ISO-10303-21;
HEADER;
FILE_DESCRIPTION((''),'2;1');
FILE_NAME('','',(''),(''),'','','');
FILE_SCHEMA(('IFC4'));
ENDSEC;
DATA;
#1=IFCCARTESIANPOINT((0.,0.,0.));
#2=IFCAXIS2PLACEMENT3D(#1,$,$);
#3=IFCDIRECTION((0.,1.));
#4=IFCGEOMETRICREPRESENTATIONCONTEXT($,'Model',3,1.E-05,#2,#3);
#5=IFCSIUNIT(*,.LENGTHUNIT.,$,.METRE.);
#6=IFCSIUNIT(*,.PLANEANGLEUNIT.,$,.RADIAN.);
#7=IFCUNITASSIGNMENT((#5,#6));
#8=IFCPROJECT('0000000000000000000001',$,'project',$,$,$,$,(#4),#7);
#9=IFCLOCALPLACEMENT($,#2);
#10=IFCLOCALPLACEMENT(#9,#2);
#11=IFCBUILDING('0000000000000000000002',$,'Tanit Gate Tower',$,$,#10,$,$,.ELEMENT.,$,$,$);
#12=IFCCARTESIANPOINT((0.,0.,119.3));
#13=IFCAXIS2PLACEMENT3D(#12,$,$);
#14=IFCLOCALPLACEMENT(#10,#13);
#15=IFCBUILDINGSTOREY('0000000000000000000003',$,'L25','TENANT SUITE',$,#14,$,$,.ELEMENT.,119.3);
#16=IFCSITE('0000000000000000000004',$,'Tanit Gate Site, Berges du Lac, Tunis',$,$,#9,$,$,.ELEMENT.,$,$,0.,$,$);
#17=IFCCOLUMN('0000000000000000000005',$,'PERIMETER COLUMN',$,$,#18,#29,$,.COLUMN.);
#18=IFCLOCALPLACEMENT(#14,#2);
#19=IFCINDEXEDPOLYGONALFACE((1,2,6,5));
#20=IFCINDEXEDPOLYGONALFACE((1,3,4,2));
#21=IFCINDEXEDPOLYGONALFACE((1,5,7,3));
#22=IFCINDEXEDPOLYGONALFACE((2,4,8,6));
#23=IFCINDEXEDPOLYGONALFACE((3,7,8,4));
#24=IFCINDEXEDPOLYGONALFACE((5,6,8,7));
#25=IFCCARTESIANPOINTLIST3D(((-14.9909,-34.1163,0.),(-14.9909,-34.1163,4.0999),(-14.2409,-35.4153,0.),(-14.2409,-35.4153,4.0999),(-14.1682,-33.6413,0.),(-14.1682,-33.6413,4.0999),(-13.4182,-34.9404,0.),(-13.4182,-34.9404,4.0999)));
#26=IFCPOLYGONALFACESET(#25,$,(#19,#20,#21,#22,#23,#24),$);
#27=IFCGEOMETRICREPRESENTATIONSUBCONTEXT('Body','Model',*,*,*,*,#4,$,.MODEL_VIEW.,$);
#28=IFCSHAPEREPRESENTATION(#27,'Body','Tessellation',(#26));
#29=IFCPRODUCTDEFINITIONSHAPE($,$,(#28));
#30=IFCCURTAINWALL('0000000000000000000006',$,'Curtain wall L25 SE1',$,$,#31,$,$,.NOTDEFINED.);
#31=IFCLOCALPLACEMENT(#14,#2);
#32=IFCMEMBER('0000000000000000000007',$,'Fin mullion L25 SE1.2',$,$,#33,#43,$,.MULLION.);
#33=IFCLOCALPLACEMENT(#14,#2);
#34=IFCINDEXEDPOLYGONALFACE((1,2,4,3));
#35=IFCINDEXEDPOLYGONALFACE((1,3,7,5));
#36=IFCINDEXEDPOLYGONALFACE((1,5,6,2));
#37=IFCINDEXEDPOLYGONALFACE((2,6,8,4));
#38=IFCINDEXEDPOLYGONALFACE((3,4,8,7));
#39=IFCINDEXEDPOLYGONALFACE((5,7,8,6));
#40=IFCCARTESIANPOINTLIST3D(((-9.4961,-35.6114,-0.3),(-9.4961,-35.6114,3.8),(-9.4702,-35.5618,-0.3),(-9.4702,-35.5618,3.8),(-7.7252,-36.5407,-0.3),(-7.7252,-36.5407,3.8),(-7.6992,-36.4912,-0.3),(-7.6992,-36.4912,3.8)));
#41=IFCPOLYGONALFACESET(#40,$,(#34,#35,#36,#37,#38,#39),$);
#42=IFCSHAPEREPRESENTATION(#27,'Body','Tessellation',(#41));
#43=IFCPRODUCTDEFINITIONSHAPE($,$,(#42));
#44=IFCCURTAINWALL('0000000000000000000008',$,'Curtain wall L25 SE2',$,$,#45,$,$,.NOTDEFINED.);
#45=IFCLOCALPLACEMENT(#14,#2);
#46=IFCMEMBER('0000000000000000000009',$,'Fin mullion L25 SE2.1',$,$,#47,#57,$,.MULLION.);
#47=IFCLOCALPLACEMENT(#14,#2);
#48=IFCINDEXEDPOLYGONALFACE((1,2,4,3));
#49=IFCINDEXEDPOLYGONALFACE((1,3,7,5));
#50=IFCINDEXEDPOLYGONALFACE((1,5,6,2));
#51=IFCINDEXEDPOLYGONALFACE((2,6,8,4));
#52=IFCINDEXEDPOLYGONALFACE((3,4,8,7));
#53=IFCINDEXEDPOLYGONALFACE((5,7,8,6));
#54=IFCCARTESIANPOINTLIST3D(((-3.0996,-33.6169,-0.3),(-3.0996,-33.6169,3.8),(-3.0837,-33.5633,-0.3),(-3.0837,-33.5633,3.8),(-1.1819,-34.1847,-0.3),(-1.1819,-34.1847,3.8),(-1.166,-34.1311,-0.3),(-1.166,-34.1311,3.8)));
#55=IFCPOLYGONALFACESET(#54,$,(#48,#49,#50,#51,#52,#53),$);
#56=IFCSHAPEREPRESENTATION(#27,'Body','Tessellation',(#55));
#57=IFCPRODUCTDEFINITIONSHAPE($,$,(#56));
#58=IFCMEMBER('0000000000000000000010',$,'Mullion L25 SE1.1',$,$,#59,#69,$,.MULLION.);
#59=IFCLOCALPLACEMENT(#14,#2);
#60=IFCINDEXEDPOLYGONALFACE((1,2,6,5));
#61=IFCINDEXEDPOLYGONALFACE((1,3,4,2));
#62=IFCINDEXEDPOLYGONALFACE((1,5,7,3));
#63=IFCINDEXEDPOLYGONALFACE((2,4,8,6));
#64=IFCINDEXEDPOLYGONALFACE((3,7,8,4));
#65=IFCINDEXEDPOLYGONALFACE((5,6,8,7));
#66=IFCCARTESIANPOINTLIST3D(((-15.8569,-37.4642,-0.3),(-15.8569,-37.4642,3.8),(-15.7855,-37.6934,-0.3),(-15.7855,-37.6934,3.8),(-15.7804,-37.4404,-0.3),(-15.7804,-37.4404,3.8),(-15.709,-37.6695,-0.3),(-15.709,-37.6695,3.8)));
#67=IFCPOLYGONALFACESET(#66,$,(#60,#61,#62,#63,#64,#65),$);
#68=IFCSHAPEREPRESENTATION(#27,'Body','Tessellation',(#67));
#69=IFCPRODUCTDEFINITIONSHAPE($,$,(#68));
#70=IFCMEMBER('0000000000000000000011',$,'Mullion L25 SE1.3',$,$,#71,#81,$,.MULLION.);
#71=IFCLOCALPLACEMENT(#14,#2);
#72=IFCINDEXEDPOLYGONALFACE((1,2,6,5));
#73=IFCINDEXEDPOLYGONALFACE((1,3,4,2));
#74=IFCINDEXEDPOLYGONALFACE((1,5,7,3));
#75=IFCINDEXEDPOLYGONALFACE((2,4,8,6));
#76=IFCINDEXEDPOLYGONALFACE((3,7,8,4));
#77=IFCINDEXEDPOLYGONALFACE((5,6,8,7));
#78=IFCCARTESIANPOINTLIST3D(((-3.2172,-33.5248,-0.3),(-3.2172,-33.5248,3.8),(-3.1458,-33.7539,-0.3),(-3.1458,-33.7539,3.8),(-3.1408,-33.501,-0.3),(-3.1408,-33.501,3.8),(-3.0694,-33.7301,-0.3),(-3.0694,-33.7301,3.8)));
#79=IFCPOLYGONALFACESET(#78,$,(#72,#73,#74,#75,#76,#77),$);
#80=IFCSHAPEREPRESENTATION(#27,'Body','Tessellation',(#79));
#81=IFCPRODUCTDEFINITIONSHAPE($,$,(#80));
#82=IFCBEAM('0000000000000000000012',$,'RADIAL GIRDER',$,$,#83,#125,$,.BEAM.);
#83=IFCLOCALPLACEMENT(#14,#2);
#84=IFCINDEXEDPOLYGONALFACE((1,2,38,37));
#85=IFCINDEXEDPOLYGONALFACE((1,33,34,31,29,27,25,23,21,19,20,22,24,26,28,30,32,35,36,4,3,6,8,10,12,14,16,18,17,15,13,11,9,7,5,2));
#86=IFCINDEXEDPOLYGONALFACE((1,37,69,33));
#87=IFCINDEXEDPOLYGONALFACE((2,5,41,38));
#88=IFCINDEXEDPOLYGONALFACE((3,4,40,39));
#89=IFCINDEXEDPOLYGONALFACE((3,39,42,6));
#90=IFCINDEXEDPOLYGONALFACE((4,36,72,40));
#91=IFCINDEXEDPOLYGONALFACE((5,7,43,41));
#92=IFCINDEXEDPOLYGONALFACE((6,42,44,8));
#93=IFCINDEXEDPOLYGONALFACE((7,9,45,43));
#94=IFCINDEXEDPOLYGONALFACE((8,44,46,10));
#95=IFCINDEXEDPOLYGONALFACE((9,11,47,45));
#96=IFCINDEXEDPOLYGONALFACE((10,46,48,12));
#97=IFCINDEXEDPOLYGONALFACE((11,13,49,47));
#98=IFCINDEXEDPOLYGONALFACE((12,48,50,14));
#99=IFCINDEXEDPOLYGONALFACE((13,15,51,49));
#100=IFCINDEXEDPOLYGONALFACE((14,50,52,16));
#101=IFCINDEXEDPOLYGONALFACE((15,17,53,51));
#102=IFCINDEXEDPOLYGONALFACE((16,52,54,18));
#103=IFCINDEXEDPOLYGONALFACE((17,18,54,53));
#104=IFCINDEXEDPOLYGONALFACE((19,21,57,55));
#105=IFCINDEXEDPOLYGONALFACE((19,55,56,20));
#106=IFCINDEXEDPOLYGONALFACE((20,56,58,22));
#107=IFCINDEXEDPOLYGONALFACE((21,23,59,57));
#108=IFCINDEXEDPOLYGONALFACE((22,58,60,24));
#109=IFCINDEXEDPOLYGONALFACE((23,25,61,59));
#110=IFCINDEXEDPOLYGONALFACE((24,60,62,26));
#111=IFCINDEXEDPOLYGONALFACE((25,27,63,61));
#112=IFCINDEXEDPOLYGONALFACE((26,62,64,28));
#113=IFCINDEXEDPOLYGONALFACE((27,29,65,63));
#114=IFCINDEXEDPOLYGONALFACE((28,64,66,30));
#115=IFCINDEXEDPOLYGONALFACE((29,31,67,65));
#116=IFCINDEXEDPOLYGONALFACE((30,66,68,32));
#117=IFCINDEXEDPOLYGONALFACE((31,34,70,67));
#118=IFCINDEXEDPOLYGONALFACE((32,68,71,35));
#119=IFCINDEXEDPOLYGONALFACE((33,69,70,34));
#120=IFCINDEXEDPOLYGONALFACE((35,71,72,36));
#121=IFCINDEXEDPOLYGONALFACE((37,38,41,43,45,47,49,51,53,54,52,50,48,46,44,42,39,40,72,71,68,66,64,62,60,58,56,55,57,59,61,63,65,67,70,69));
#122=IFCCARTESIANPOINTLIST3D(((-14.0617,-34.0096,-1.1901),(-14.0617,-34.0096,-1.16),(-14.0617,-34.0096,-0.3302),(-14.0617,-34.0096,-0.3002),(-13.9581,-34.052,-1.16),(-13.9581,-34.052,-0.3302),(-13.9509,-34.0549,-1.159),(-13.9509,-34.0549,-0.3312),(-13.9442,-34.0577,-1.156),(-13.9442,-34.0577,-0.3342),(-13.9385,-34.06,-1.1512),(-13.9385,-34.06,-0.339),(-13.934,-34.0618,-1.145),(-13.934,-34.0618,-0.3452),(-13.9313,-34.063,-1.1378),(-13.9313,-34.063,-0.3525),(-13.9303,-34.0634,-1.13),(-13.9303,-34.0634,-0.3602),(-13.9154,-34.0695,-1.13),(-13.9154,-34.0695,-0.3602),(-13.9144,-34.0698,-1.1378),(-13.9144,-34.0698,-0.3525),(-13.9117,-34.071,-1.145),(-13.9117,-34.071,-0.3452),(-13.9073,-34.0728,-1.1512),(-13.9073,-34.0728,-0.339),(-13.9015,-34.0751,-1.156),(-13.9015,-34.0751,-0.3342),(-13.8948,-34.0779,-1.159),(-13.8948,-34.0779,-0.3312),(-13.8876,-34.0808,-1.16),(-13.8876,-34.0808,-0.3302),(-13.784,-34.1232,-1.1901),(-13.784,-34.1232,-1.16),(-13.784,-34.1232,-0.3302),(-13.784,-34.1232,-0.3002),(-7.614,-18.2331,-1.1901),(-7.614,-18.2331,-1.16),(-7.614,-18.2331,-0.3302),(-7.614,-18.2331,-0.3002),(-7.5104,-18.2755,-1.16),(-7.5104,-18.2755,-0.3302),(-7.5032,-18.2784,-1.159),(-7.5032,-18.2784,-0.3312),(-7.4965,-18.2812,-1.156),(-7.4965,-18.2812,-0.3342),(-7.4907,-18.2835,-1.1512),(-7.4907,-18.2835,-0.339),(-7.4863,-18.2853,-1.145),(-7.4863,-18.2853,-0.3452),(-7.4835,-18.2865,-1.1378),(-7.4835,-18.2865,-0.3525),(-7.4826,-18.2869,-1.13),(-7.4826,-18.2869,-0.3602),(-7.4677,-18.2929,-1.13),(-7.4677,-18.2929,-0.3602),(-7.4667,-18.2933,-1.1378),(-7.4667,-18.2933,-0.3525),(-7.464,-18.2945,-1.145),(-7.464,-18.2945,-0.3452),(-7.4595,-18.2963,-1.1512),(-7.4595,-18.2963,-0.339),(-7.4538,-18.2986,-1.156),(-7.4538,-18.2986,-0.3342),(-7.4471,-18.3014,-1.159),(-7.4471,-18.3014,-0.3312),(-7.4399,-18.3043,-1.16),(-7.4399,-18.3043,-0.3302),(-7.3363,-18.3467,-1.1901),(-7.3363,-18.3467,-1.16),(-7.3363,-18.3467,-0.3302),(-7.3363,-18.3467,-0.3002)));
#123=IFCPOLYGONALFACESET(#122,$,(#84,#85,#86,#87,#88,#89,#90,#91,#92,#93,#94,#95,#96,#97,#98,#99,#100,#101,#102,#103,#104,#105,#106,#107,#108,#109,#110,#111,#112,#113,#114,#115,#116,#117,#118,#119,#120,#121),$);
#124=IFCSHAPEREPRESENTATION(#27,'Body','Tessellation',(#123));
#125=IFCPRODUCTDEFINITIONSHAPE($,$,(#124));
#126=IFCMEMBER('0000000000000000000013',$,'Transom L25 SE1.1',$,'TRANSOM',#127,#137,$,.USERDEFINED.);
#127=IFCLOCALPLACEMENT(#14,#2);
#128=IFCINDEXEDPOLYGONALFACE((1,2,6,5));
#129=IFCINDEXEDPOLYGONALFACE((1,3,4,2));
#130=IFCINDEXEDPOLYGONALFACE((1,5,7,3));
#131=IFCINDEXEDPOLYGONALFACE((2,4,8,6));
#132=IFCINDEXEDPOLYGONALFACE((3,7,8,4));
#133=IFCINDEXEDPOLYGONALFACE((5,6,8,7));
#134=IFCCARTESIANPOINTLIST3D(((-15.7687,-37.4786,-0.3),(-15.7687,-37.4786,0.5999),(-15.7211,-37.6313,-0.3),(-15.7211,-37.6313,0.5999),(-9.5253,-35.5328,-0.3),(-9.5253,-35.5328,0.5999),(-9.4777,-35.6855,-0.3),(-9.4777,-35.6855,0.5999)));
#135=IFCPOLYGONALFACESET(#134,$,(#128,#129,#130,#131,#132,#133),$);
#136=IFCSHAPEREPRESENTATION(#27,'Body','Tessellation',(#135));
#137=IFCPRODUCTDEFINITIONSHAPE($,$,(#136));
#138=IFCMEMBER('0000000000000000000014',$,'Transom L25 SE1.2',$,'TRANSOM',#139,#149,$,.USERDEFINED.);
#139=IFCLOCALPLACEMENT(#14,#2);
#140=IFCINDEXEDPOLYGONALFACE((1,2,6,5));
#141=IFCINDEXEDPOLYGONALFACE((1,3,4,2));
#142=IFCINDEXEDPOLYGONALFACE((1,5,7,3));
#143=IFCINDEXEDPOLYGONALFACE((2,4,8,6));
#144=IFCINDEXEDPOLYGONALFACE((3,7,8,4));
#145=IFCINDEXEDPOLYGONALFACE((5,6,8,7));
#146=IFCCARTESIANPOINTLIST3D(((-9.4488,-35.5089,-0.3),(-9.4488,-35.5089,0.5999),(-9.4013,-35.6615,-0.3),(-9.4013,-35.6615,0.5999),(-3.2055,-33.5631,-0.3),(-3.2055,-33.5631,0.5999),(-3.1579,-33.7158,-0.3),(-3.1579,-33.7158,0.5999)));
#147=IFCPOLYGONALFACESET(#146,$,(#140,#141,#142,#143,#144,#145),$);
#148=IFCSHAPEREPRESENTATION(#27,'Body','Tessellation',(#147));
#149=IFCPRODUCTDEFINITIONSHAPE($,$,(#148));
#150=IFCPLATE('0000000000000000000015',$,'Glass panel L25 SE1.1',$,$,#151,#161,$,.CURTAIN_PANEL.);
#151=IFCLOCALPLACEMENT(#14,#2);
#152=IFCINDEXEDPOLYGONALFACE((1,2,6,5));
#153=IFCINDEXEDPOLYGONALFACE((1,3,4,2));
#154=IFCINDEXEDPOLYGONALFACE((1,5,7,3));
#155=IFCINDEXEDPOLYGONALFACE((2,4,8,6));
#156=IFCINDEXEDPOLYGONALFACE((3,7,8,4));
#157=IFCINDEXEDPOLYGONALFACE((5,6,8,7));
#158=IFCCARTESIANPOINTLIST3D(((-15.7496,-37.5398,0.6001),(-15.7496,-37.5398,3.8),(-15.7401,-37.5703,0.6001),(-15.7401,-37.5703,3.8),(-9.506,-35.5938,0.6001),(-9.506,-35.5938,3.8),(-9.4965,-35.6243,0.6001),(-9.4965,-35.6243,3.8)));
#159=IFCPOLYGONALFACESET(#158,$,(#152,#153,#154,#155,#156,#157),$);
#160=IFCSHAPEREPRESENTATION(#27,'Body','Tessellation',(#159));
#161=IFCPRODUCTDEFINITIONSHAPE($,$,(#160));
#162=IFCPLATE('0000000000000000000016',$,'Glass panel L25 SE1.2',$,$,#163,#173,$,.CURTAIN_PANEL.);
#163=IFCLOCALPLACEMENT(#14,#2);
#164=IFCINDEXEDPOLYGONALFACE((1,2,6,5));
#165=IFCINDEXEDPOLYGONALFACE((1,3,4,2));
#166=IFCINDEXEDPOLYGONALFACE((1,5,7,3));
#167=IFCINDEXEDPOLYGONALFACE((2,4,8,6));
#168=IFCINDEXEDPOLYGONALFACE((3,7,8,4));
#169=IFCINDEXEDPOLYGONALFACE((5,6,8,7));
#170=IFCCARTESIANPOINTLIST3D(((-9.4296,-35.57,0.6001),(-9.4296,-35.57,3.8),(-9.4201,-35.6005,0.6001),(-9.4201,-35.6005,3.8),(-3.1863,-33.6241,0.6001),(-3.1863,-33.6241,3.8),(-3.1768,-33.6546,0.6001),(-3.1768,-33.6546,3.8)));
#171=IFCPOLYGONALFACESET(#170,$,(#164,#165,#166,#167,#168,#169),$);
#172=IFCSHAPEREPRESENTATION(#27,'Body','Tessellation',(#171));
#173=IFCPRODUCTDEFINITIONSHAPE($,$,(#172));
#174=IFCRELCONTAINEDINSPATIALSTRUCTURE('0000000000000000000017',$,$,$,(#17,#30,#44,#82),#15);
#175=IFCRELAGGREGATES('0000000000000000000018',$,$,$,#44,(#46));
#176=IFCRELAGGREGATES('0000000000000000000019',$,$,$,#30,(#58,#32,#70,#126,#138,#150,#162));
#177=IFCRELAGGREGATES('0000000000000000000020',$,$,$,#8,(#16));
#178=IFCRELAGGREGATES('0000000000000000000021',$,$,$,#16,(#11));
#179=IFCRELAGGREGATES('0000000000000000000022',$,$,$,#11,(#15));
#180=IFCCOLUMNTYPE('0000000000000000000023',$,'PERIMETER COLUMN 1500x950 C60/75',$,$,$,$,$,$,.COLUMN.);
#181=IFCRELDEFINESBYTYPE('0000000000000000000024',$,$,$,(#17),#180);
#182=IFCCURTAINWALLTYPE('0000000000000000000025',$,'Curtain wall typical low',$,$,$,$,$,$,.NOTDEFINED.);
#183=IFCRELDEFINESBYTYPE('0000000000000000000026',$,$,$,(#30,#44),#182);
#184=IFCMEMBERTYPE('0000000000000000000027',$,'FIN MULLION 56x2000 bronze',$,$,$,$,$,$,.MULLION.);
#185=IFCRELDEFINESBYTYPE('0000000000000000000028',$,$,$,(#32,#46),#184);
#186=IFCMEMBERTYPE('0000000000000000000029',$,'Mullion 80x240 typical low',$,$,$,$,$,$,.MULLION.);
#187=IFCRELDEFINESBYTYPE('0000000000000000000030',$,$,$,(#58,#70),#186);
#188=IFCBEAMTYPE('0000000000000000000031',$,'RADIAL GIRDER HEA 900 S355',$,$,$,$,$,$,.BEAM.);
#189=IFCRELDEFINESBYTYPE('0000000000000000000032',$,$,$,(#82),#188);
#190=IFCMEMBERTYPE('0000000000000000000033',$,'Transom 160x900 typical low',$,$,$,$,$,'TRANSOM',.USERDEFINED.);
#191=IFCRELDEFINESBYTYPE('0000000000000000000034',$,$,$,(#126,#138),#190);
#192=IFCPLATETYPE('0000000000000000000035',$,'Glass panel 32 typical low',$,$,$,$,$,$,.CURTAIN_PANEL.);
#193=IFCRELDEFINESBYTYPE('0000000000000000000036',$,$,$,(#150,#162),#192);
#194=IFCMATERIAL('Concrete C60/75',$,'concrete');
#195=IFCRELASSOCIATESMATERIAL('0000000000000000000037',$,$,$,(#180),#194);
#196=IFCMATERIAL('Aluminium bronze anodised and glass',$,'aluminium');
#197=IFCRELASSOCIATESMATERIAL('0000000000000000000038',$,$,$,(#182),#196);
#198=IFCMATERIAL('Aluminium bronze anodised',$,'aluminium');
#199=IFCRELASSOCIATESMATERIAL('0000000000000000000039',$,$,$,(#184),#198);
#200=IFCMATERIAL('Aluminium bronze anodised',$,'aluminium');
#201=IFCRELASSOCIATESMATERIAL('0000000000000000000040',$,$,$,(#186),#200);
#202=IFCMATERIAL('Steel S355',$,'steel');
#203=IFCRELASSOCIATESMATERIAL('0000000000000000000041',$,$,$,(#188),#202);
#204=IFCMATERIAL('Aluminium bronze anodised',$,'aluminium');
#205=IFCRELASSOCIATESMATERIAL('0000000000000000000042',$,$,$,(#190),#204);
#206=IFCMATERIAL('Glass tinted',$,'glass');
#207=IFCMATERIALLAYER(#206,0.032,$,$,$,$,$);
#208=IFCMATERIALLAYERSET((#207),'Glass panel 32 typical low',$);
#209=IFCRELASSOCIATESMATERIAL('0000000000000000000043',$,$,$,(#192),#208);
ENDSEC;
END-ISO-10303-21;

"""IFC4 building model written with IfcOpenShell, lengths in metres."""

from ifc_helpers import new_model, si_unit, direction, frame, origin, origin_2d, place, context, subcontext, project, spatial, rectangle, i_section, extrude, material, layer, layer_set, material_profile, profile_set, type_object, element, aggregate, save


model = new_model("IFC4")

# Units and contexts
model_context = context("Model", 3, precision=1e-05, world=origin(), true_north=direction((0.0, 1.0)))
body_context = subcontext(model_context, "Body", "Model", "MODEL_VIEW")
ifc_project = project(units=[si_unit("LENGTHUNIT", "METRE"), si_unit("PLANEANGLEUNIT", "RADIAN")], contexts=[model_context])

# Site, building, storey
site_placement = place(None, origin())
site = spatial("IfcSite", under=ifc_project, at=site_placement, Name="Tanit Gate Site, Berges du Lac, Tunis", CompositionType="ELEMENT", RefElevation=0.0)
building_placement = place(site_placement, origin())
building = spatial("IfcBuilding", under=site, at=building_placement, Name="Tanit Gate Tower", CompositionType="ELEMENT")
storey_placement = place(building_placement, frame((0.0, 0.0, 119.3)))
storey = spatial("IfcBuildingStorey", under=building, at=storey_placement, Name="L25", Description="TENANT SUITE", CompositionType="ELEMENT", Elevation=119.3)

# Column
ifc_material_1 = material(Name="Concrete C60/75", Category="concrete")
ifc_material_profile_1 = material_profile(ifc_material_1, rectangle(XDim=1.5, YDim=0.95, at=origin_2d()), Name="RC 1500x950")
ifc_profile_set_1 = profile_set([ifc_material_profile_1], Name="Concrete C60/75")
column_type = type_object("IfcColumnType", Name="PERIMETER COLUMN 1500x950 C60/75", PredefinedType="COLUMN", material=ifc_profile_set_1)
column_placement = place(storey_placement, frame((-14.2046, -34.5283, 0.0), z_axis=(0.0, 0.0, 1.0), x_axis=(0.5, -0.866025, 0.0)))
element("IfcColumn", 1, at=column_placement, inside=storey, type_object=column_type, Name="PERIMETER COLUMN", PredefinedType="COLUMN", context=body_context, shape_type="SweptSolid", body=[
    extrude(rectangle(XDim=1.5, YDim=0.95, at=origin_2d()), origin(), (0.0, 0.0, 1.0), 4.0999),
])

# Curtain walls, members
ifc_material_2 = material(Name="Aluminium bronze anodised and glass", Category="aluminium")
curtain_wall_type = type_object("IfcCurtainWallType", Name="Curtain wall typical low", PredefinedType="NOTDEFINED", material=ifc_material_2)
curtain_wall_1_placement = place(storey_placement, origin())
curtain_wall_1 = element("IfcCurtainWall", 2, at=curtain_wall_1_placement, inside=storey, type_object=curtain_wall_type, Name="Curtain wall L25 SE1", PredefinedType="NOTDEFINED")
ifc_material_3 = material(Name="Aluminium bronze anodised", Category="aluminium")
ifc_material_profile_2 = material_profile(ifc_material_3, rectangle(XDim=2.0, YDim=0.0559, at=origin_2d()), Name="56x2000 bronze fin mullion")
ifc_profile_set_2 = profile_set([ifc_material_profile_2], Name="Aluminium bronze anodised")
member_type_1 = type_object("IfcMemberType", Name="FIN MULLION 56x2000 bronze", PredefinedType="MULLION", material=ifc_profile_set_2)
member_1_placement = place(storey_placement, frame((-8.5977, -36.0513, -0.3), z_axis=(0.0, 0.0, 1.0), x_axis=(-0.885484, 0.46467, 0.0)))
member_1 = element("IfcMember", 3, at=member_1_placement, type_object=member_type_1, Name="Fin mullion L25 SE1.2", PredefinedType="MULLION", context=body_context, shape_type="SweptSolid", body=[
    extrude(rectangle(XDim=2.0, YDim=0.0559, at=origin_2d()), origin(), (0.0, 0.0, 1.0), 4.1001),
])
curtain_wall_2_placement = place(storey_placement, origin())
curtain_wall_2 = element("IfcCurtainWall", 4, at=curtain_wall_2_placement, inside=storey, type_object=curtain_wall_type, Name="Curtain wall L25 SE2", PredefinedType="NOTDEFINED")
member_2_placement = place(storey_placement, frame((-2.1328, -33.874, -0.3), z_axis=(0.0, 0.0, 1.0), x_axis=(-0.958852, 0.283906, 0.0)))
member_2 = element("IfcMember", 5, at=member_2_placement, type_object=member_type_1, Name="Fin mullion L25 SE2.1", PredefinedType="MULLION", context=body_context, shape_type="SweptSolid", body=[
    extrude(rectangle(XDim=2.0, YDim=0.0559, at=origin_2d()), origin(), (0.0, 0.0, 1.0), 4.1001),
])
aggregate(curtain_wall_2, [member_2])

# Members
ifc_material_4 = material(Name="Aluminium bronze anodised", Category="aluminium")
ifc_material_profile_3 = material_profile(ifc_material_4, rectangle(XDim=0.24, YDim=0.0801, at=origin_2d()), Name="80x240 bronze mullion")
ifc_profile_set_3 = profile_set([ifc_material_profile_3], Name="Aluminium bronze anodised")
member_type_2 = type_object("IfcMemberType", Name="Mullion 80x240 typical low", PredefinedType="MULLION", material=ifc_profile_set_3)
member_3_placement = place(storey_placement, frame((-15.783, -37.5669, -0.3), z_axis=(0.0, 0.0, 1.0), x_axis=(-0.29756, 0.954703, 0.0)))
member_3 = element("IfcMember", 6, at=member_3_placement, type_object=member_type_2, Name="Mullion L25 SE1.1", PredefinedType="MULLION", context=body_context, shape_type="SweptSolid", body=[
    extrude(rectangle(XDim=0.24, YDim=0.0801, at=origin_2d()), origin(), (0.0, 0.0, 1.0), 4.1001),
])
member_4_placement = place(storey_placement, frame((-3.1433, -33.6274, -0.3), z_axis=(0.0, 0.0, 1.0), x_axis=(-0.29756, 0.954703, 0.0)))
member_4 = element("IfcMember", 7, at=member_4_placement, type_object=member_type_2, Name="Mullion L25 SE1.3", PredefinedType="MULLION", context=body_context, shape_type="SweptSolid", body=[
    extrude(rectangle(XDim=0.24, YDim=0.0801, at=origin_2d()), origin(), (0.0, 0.0, 1.0), 4.1001),
])

# Beam
ifc_material_5 = material(Name="Steel S355", Category="steel")
ifc_material_profile_4 = material_profile(ifc_material_5, i_section(OverallWidth=0.3, OverallDepth=0.8899, WebThickness=0.0161, FlangeThickness=0.03, FilletRadius=0.03, at=origin_2d()), Name="HEA 900")
ifc_profile_set_4 = profile_set([ifc_material_profile_4], Name="Steel S355")
beam_type = type_object("IfcBeamType", Name="RADIAL GIRDER HEA 900 S355", PredefinedType="BEAM", material=ifc_profile_set_4)
beam_placement = place(storey_placement, frame((-13.9229, -34.0664, -0.7451), z_axis=(0.378315, 0.925677, 0.0), x_axis=(-0.925677, 0.378315, 0.0)))
element("IfcBeam", 8, at=beam_placement, inside=storey, type_object=beam_type, Name="RADIAL GIRDER", PredefinedType="BEAM", context=body_context, shape_type="SweptSolid", body=[
    extrude(i_section(OverallWidth=0.3, OverallDepth=0.8899, WebThickness=0.0161, FlangeThickness=0.03, FilletRadius=0.03, at=origin_2d()), origin(), (0.0, 0.0, 1.0), 17.0432),
])

# Members
ifc_material_6 = material(Name="Aluminium bronze anodised", Category="aluminium")
ifc_material_profile_5 = material_profile(ifc_material_6, rectangle(XDim=0.1599, YDim=0.8999, at=origin_2d()), Name="160x900 bronze transom")
ifc_profile_set_5 = profile_set([ifc_material_profile_5], Name="Aluminium bronze anodised")
member_type_3 = type_object("IfcMemberType", Name="Transom 160x900 typical low", ElementType="TRANSOM", PredefinedType="USERDEFINED", material=ifc_profile_set_5)
member_5_placement = place(storey_placement, frame((-15.7449, -37.5549, 0.1499), z_axis=(0.954709, 0.297542, 0.0), x_axis=(-0.297542, 0.954709, 0.0)))
member_5 = element("IfcMember", 9, at=member_5_placement, type_object=member_type_3, Name="Transom L25 SE1.1", ObjectType="TRANSOM", PredefinedType="USERDEFINED", context=body_context, shape_type="SweptSolid", body=[
    extrude(rectangle(XDim=0.1599, YDim=0.8999, at=origin_2d()), origin(), (0.0, 0.0, 1.0), 6.5396),
])
member_6_placement = place(storey_placement, frame((-9.425, -35.5852, 0.1499), z_axis=(0.954709, 0.297542, 0.0), x_axis=(-0.297542, 0.954709, 0.0)))
member_6 = element("IfcMember", 10, at=member_6_placement, type_object=member_type_3, Name="Transom L25 SE1.2", ObjectType="TRANSOM", PredefinedType="USERDEFINED", context=body_context, shape_type="SweptSolid", body=[
    extrude(rectangle(XDim=0.1599, YDim=0.8999, at=origin_2d()), origin(), (0.0, 0.0, 1.0), 6.5396),
])

# Plates
ifc_material_7 = material(Name="Glass tinted", Category="glass")
ifc_layer = layer(ifc_material_7, 0.032)
ifc_layer_set = layer_set([ifc_layer], Name="Glass panel 32 typical low")
plate_type = type_object("IfcPlateType", Name="Glass panel 32 typical low", PredefinedType="CURTAIN_PANEL", material=ifc_layer_set)
plate_1_placement = place(storey_placement, frame((-12.623, -36.582, 0.6001), z_axis=(0.0, 0.0, 1.0), x_axis=(0.954703, 0.29756, 0.0)))
plate_1 = element("IfcPlate", 11, at=plate_1_placement, type_object=plate_type, Name="Glass panel L25 SE1.1", PredefinedType="CURTAIN_PANEL", context=body_context, shape_type="SweptSolid", body=[
    extrude(rectangle(XDim=6.5398, YDim=0.032, at=origin_2d()), origin(), (0.0, 0.0, 1.0), 3.2),
])
plate_2_placement = place(storey_placement, frame((-6.3032, -34.6123, 0.6001), z_axis=(0.0, 0.0, 1.0), x_axis=(0.954703, 0.29756, 0.0)))
plate_2 = element("IfcPlate", 12, at=plate_2_placement, type_object=plate_type, Name="Glass panel L25 SE1.2", PredefinedType="CURTAIN_PANEL", context=body_context, shape_type="SweptSolid", body=[
    extrude(rectangle(XDim=6.5396, YDim=0.032, at=origin_2d()), origin(), (0.0, 0.0, 1.0), 3.2),
])
aggregate(curtain_wall_1, [member_3, member_1, member_4, member_5, member_6, plate_1, plate_2])

save(model, "model.ifc")
